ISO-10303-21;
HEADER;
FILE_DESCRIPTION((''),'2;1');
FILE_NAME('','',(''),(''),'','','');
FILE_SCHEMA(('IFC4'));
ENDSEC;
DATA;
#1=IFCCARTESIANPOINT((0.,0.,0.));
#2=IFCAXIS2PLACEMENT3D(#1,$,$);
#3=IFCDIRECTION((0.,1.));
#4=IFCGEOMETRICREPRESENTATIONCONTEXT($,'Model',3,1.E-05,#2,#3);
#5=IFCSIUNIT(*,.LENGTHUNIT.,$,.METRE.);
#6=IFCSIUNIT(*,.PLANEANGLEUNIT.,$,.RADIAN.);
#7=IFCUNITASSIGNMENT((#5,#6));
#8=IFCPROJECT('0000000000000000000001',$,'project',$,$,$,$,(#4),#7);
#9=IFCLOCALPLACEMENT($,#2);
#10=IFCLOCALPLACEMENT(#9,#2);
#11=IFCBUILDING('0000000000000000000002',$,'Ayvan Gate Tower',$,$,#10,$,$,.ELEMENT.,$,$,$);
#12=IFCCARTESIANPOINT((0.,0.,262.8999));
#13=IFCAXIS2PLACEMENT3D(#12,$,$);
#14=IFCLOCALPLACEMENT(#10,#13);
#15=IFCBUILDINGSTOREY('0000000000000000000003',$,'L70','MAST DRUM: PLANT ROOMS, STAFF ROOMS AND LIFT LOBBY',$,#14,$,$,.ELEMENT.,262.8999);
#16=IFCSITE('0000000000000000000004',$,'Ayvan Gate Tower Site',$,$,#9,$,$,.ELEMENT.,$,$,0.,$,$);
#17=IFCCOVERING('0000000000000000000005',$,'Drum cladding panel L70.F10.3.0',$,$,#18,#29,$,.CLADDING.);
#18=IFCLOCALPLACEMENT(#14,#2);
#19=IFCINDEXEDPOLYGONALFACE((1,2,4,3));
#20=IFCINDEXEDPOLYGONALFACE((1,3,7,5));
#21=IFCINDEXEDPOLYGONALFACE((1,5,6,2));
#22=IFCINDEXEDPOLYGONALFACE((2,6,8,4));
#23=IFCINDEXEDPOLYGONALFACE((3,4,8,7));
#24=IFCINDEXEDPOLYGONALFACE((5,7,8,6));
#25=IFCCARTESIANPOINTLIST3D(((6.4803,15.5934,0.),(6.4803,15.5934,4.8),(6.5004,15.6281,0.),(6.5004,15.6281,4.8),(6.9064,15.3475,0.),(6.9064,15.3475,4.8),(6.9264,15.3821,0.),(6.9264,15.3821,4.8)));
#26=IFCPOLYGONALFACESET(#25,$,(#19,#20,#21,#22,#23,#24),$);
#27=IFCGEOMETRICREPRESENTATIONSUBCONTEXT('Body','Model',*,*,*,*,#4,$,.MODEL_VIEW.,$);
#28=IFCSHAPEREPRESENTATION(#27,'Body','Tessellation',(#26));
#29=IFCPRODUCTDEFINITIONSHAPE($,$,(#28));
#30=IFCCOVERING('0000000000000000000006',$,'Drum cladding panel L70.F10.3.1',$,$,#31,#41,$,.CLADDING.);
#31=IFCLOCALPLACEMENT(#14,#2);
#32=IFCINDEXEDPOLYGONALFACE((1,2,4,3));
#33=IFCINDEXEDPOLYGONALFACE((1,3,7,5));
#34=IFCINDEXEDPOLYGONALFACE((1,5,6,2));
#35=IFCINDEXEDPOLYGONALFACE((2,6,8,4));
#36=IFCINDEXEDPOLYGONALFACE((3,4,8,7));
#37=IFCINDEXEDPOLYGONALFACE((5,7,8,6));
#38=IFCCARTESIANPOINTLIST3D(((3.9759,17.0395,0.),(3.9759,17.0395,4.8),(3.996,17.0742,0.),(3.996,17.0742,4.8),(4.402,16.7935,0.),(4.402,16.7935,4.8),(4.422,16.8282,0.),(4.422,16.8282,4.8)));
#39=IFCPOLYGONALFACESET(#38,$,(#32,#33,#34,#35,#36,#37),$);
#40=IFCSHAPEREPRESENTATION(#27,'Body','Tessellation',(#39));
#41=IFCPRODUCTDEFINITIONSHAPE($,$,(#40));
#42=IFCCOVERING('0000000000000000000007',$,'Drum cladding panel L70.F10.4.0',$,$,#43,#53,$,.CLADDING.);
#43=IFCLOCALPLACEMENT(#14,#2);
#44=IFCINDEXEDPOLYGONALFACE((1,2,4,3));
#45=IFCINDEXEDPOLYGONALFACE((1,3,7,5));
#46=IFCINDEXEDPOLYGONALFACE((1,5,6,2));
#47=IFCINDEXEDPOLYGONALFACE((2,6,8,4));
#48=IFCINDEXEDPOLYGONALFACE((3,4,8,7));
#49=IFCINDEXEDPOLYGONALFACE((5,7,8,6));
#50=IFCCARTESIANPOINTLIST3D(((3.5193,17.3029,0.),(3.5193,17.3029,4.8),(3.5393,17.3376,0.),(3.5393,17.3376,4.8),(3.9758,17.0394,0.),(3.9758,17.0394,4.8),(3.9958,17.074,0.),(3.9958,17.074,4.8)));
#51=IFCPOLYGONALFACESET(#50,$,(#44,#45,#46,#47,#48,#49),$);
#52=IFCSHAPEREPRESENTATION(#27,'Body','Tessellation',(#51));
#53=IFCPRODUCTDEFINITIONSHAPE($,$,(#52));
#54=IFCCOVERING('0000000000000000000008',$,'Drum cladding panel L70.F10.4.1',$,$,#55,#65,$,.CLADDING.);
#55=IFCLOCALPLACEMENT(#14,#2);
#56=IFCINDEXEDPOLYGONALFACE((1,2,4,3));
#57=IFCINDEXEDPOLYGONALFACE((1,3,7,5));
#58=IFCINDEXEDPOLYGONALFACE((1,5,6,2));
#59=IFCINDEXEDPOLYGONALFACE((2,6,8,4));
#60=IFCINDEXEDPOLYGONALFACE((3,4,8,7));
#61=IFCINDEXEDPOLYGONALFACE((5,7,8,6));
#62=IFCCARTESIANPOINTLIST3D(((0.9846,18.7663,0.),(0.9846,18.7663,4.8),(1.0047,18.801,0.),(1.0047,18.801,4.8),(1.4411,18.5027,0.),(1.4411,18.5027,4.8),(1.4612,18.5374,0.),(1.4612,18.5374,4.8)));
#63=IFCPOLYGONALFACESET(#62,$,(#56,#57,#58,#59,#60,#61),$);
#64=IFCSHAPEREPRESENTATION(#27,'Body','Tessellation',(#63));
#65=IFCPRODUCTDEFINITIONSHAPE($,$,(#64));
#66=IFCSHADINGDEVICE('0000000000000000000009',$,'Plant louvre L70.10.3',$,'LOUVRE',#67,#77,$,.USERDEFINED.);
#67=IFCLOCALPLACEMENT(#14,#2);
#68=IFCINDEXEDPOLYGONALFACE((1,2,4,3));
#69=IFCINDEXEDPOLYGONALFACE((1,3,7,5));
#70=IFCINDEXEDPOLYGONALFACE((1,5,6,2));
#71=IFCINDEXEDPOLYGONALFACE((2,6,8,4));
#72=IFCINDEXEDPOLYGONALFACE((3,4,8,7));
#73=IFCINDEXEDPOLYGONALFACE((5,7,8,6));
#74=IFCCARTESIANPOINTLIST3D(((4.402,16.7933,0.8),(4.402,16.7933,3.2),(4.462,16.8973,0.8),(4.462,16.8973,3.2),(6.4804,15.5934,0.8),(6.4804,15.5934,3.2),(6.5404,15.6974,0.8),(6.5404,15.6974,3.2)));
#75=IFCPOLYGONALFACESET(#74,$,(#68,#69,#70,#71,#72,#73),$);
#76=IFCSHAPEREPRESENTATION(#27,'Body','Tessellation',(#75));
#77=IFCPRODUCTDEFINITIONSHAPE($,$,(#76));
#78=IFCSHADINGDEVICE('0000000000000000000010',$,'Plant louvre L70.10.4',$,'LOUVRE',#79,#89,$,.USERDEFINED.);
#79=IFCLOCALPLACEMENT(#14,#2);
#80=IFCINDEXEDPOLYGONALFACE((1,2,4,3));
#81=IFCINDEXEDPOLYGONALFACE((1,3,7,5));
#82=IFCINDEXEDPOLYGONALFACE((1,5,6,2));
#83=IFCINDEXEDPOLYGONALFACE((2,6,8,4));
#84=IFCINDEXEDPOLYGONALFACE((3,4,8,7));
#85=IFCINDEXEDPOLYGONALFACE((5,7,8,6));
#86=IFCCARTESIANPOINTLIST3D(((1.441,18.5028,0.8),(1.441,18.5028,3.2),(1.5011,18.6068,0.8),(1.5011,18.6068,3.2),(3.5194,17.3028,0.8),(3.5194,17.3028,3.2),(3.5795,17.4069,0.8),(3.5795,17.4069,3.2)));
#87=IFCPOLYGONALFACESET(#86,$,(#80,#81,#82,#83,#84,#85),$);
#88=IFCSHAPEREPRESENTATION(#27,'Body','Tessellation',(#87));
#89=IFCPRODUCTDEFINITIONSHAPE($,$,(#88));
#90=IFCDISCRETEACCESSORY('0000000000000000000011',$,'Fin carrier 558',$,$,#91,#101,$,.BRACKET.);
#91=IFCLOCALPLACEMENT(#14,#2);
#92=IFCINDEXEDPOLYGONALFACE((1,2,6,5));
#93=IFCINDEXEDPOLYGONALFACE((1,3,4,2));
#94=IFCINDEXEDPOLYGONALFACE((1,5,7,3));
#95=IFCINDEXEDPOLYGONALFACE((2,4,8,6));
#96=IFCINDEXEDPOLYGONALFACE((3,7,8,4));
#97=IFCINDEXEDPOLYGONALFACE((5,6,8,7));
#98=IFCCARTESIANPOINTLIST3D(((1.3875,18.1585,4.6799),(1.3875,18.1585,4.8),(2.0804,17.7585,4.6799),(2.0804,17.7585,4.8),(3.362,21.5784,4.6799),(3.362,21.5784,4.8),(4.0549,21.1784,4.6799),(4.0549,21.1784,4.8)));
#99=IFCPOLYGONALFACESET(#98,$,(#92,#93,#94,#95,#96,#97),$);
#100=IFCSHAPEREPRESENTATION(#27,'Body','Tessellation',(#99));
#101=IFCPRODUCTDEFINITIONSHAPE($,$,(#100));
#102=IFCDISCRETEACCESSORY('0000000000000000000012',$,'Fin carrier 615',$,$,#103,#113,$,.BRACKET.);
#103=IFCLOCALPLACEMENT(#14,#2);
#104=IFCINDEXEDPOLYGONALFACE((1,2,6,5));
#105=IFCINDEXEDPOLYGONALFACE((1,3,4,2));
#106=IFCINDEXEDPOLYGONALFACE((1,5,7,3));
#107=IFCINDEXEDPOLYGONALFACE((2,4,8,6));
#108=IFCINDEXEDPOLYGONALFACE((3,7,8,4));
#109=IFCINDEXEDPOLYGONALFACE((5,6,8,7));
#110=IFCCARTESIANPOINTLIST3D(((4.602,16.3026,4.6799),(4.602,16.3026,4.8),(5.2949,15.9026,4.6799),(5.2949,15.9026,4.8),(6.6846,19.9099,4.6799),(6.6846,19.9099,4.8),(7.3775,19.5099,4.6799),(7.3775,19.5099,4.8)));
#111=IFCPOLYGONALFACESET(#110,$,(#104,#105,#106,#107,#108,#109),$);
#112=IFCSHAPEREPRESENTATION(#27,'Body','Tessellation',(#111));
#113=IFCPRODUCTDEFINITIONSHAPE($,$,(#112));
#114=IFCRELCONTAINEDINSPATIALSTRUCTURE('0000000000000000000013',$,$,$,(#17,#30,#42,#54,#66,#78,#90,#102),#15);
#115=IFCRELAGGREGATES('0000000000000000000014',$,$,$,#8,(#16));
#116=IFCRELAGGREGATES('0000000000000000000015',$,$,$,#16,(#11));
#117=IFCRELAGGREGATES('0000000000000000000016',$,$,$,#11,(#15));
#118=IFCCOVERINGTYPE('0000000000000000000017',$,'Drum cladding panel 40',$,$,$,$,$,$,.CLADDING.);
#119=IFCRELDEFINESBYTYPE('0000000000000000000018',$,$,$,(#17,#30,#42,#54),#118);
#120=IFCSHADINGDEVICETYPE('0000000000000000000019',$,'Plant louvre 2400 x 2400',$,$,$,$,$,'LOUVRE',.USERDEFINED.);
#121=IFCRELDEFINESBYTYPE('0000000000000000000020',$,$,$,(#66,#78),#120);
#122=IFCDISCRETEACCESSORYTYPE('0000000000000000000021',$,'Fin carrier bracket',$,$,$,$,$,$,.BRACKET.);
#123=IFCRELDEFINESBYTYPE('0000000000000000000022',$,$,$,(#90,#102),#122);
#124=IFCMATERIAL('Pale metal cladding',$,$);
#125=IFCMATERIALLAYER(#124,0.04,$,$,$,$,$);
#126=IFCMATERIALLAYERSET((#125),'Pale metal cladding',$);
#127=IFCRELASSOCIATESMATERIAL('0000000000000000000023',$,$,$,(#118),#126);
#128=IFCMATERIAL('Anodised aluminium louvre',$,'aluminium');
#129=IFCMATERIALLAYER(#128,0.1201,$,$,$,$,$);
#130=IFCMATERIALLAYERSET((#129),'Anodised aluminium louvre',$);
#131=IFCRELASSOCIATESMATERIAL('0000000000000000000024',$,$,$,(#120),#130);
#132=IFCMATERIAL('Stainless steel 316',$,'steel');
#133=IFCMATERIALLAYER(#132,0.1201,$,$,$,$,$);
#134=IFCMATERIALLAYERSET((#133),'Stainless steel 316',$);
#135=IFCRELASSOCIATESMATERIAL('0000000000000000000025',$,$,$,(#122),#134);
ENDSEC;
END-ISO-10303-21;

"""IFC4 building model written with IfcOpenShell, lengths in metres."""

from ifc_helpers import new_model, si_unit, direction, frame, origin, origin_2d, place, context, subcontext, project, spatial, rectangle, extrude, material, layer, layer_set, type_object, element, save


model = new_model("IFC4")

# Units and contexts
model_context = context("Model", 3, precision=1e-05, world=origin(), true_north=direction((0.0, 1.0)))
body_context = subcontext(model_context, "Body", "Model", "MODEL_VIEW")
ifc_project = project(units=[si_unit("LENGTHUNIT", "METRE"), si_unit("PLANEANGLEUNIT", "RADIAN")], contexts=[model_context])

# Site, building, storey
site_placement = place(None, origin())
site = spatial("IfcSite", under=ifc_project, at=site_placement, Name="Ayvan Gate Tower Site", CompositionType="ELEMENT", RefElevation=0.0)
building_placement = place(site_placement, origin())
building = spatial("IfcBuilding", under=site, at=building_placement, Name="Ayvan Gate Tower", CompositionType="ELEMENT")
storey_placement = place(building_placement, frame((0.0, 0.0, 262.8999)))
storey = spatial("IfcBuildingStorey", under=building, at=storey_placement, Name="L70", Description="MAST DRUM: PLANT ROOMS, STAFF ROOMS AND LIFT LOBBY", CompositionType="ELEMENT", Elevation=262.8999)

# Shared definitions
ifc_material_1 = material(Name="Anodised aluminium louvre", Category="aluminium")

# Coverings
ifc_material_2 = material(Name="Pale metal cladding")
ifc_layer_1 = layer(ifc_material_2, 0.04)
ifc_layer_set_1 = layer_set([ifc_layer_1], Name="Pale metal cladding")
covering_type = type_object("IfcCoveringType", Name="Drum cladding panel 40", PredefinedType="CLADDING", material=ifc_layer_set_1)
for number, where, z_axis, x_axis, name in (
    (1, (6.7034, 15.4878, 0.0), (0.0, 0.0, 1.0), (-0.866025, 0.5, 0.0), "Drum cladding panel L70.F10.3.0"),
    (2, (4.199, 16.9338, 0.0), (0.0, 0.0, 1.0), (-0.866025, 0.5, 0.0), "Drum cladding panel L70.F10.3.1"),
):
    element("IfcCovering", number, at=place(storey_placement, frame(where, z_axis=z_axis, x_axis=x_axis)), inside=storey, type_object=covering_type, Name=name, PredefinedType="CLADDING", context=body_context, shape_type="SweptSolid", body=[
        extrude(rectangle(XDim=0.4919, YDim=0.04, at=origin_2d()), origin(), (0.0, 0.0, 1.0), 4.8),
    ])
for number, where, z_axis, x_axis, name in (
    (3, (3.7576, 17.1885, 0.0), (0.0, 0.0, 1.0), (-0.866025, 0.5, 0.0), "Drum cladding panel L70.F10.4.0"),
    (4, (1.2229, 18.6519, 0.0), (0.0, 0.0, 1.0), (-0.866025, 0.5, 0.0), "Drum cladding panel L70.F10.4.1"),
):
    element("IfcCovering", number, at=place(storey_placement, frame(where, z_axis=z_axis, x_axis=x_axis)), inside=storey, type_object=covering_type, Name=name, PredefinedType="CLADDING", context=body_context, shape_type="SweptSolid", body=[
        extrude(rectangle(XDim=0.5271, YDim=0.04, at=origin_2d()), origin(), (0.0, 0.0, 1.0), 4.8),
    ])

# Shading devices
ifc_layer_2 = layer(ifc_material_1, 0.1201)
ifc_layer_set_2 = layer_set([ifc_layer_2], Name="Anodised aluminium louvre")
shading_device_type_1 = type_object("IfcShadingDeviceType", Name="Plant louvre 2400 x 2400", ElementType="LOUVRE", PredefinedType="USERDEFINED", material=ifc_layer_set_2)
for number, where, z_axis, x_axis, name in (
    (5, (5.4712, 16.2454, 0.8), (0.0, 0.0, 1.0), (-0.866025, 0.5, 0.0), "Plant louvre L70.10.3"),
    (6, (2.5103, 17.9548, 0.8), (0.0, 0.0, 1.0), (-0.866025, 0.5, 0.0), "Plant louvre L70.10.4"),
):
    element("IfcShadingDevice", number, at=place(storey_placement, frame(where, z_axis=z_axis, x_axis=x_axis)), inside=storey, type_object=shading_device_type_1, Name=name, ObjectType="LOUVRE", PredefinedType="USERDEFINED", context=body_context, shape_type="SweptSolid", body=[
        extrude(rectangle(XDim=2.3999, YDim=0.1201, at=origin_2d()), origin(), (0.0, 0.0, 1.0), 2.3999),
    ])

# Discrete accessories
ifc_material_3 = material(Name="Stainless steel 316", Category="steel")
ifc_layer_3 = layer(ifc_material_3, 0.1201)
ifc_layer_set_3 = layer_set([ifc_layer_3], Name="Stainless steel 316")
discrete_accessory_type = type_object("IfcDiscreteAccessoryType", Name="Fin carrier bracket", PredefinedType="BRACKET", material=ifc_layer_set_3)
discrete_accessory_1_placement = place(storey_placement, frame((2.7212, 19.6685, 4.6799), z_axis=(0.0, 0.0, 1.0), x_axis=(-0.866025, 0.5, 0.0)))
element("IfcDiscreteAccessory", 7, at=discrete_accessory_1_placement, inside=storey, type_object=discrete_accessory_type, Name="Fin carrier 558", PredefinedType="BRACKET", context=body_context, shape_type="SweptSolid", body=[
    extrude(rectangle(XDim=0.8, YDim=3.949, at=origin_2d()), origin(), (0.0, 0.0, 1.0), 0.1201),
])
discrete_accessory_2_placement = place(storey_placement, frame((5.9897, 17.9062, 4.6799), z_axis=(0.0, 0.0, 1.0), x_axis=(-0.866025, 0.5, 0.0)))
element("IfcDiscreteAccessory", 8, at=discrete_accessory_2_placement, inside=storey, type_object=discrete_accessory_type, Name="Fin carrier 615", PredefinedType="BRACKET", context=body_context, shape_type="SweptSolid", body=[
    extrude(rectangle(XDim=0.8, YDim=4.1653, at=origin_2d()), origin(), (0.0, 0.0, 1.0), 0.1201),
])

save(model, "model.ifc")
